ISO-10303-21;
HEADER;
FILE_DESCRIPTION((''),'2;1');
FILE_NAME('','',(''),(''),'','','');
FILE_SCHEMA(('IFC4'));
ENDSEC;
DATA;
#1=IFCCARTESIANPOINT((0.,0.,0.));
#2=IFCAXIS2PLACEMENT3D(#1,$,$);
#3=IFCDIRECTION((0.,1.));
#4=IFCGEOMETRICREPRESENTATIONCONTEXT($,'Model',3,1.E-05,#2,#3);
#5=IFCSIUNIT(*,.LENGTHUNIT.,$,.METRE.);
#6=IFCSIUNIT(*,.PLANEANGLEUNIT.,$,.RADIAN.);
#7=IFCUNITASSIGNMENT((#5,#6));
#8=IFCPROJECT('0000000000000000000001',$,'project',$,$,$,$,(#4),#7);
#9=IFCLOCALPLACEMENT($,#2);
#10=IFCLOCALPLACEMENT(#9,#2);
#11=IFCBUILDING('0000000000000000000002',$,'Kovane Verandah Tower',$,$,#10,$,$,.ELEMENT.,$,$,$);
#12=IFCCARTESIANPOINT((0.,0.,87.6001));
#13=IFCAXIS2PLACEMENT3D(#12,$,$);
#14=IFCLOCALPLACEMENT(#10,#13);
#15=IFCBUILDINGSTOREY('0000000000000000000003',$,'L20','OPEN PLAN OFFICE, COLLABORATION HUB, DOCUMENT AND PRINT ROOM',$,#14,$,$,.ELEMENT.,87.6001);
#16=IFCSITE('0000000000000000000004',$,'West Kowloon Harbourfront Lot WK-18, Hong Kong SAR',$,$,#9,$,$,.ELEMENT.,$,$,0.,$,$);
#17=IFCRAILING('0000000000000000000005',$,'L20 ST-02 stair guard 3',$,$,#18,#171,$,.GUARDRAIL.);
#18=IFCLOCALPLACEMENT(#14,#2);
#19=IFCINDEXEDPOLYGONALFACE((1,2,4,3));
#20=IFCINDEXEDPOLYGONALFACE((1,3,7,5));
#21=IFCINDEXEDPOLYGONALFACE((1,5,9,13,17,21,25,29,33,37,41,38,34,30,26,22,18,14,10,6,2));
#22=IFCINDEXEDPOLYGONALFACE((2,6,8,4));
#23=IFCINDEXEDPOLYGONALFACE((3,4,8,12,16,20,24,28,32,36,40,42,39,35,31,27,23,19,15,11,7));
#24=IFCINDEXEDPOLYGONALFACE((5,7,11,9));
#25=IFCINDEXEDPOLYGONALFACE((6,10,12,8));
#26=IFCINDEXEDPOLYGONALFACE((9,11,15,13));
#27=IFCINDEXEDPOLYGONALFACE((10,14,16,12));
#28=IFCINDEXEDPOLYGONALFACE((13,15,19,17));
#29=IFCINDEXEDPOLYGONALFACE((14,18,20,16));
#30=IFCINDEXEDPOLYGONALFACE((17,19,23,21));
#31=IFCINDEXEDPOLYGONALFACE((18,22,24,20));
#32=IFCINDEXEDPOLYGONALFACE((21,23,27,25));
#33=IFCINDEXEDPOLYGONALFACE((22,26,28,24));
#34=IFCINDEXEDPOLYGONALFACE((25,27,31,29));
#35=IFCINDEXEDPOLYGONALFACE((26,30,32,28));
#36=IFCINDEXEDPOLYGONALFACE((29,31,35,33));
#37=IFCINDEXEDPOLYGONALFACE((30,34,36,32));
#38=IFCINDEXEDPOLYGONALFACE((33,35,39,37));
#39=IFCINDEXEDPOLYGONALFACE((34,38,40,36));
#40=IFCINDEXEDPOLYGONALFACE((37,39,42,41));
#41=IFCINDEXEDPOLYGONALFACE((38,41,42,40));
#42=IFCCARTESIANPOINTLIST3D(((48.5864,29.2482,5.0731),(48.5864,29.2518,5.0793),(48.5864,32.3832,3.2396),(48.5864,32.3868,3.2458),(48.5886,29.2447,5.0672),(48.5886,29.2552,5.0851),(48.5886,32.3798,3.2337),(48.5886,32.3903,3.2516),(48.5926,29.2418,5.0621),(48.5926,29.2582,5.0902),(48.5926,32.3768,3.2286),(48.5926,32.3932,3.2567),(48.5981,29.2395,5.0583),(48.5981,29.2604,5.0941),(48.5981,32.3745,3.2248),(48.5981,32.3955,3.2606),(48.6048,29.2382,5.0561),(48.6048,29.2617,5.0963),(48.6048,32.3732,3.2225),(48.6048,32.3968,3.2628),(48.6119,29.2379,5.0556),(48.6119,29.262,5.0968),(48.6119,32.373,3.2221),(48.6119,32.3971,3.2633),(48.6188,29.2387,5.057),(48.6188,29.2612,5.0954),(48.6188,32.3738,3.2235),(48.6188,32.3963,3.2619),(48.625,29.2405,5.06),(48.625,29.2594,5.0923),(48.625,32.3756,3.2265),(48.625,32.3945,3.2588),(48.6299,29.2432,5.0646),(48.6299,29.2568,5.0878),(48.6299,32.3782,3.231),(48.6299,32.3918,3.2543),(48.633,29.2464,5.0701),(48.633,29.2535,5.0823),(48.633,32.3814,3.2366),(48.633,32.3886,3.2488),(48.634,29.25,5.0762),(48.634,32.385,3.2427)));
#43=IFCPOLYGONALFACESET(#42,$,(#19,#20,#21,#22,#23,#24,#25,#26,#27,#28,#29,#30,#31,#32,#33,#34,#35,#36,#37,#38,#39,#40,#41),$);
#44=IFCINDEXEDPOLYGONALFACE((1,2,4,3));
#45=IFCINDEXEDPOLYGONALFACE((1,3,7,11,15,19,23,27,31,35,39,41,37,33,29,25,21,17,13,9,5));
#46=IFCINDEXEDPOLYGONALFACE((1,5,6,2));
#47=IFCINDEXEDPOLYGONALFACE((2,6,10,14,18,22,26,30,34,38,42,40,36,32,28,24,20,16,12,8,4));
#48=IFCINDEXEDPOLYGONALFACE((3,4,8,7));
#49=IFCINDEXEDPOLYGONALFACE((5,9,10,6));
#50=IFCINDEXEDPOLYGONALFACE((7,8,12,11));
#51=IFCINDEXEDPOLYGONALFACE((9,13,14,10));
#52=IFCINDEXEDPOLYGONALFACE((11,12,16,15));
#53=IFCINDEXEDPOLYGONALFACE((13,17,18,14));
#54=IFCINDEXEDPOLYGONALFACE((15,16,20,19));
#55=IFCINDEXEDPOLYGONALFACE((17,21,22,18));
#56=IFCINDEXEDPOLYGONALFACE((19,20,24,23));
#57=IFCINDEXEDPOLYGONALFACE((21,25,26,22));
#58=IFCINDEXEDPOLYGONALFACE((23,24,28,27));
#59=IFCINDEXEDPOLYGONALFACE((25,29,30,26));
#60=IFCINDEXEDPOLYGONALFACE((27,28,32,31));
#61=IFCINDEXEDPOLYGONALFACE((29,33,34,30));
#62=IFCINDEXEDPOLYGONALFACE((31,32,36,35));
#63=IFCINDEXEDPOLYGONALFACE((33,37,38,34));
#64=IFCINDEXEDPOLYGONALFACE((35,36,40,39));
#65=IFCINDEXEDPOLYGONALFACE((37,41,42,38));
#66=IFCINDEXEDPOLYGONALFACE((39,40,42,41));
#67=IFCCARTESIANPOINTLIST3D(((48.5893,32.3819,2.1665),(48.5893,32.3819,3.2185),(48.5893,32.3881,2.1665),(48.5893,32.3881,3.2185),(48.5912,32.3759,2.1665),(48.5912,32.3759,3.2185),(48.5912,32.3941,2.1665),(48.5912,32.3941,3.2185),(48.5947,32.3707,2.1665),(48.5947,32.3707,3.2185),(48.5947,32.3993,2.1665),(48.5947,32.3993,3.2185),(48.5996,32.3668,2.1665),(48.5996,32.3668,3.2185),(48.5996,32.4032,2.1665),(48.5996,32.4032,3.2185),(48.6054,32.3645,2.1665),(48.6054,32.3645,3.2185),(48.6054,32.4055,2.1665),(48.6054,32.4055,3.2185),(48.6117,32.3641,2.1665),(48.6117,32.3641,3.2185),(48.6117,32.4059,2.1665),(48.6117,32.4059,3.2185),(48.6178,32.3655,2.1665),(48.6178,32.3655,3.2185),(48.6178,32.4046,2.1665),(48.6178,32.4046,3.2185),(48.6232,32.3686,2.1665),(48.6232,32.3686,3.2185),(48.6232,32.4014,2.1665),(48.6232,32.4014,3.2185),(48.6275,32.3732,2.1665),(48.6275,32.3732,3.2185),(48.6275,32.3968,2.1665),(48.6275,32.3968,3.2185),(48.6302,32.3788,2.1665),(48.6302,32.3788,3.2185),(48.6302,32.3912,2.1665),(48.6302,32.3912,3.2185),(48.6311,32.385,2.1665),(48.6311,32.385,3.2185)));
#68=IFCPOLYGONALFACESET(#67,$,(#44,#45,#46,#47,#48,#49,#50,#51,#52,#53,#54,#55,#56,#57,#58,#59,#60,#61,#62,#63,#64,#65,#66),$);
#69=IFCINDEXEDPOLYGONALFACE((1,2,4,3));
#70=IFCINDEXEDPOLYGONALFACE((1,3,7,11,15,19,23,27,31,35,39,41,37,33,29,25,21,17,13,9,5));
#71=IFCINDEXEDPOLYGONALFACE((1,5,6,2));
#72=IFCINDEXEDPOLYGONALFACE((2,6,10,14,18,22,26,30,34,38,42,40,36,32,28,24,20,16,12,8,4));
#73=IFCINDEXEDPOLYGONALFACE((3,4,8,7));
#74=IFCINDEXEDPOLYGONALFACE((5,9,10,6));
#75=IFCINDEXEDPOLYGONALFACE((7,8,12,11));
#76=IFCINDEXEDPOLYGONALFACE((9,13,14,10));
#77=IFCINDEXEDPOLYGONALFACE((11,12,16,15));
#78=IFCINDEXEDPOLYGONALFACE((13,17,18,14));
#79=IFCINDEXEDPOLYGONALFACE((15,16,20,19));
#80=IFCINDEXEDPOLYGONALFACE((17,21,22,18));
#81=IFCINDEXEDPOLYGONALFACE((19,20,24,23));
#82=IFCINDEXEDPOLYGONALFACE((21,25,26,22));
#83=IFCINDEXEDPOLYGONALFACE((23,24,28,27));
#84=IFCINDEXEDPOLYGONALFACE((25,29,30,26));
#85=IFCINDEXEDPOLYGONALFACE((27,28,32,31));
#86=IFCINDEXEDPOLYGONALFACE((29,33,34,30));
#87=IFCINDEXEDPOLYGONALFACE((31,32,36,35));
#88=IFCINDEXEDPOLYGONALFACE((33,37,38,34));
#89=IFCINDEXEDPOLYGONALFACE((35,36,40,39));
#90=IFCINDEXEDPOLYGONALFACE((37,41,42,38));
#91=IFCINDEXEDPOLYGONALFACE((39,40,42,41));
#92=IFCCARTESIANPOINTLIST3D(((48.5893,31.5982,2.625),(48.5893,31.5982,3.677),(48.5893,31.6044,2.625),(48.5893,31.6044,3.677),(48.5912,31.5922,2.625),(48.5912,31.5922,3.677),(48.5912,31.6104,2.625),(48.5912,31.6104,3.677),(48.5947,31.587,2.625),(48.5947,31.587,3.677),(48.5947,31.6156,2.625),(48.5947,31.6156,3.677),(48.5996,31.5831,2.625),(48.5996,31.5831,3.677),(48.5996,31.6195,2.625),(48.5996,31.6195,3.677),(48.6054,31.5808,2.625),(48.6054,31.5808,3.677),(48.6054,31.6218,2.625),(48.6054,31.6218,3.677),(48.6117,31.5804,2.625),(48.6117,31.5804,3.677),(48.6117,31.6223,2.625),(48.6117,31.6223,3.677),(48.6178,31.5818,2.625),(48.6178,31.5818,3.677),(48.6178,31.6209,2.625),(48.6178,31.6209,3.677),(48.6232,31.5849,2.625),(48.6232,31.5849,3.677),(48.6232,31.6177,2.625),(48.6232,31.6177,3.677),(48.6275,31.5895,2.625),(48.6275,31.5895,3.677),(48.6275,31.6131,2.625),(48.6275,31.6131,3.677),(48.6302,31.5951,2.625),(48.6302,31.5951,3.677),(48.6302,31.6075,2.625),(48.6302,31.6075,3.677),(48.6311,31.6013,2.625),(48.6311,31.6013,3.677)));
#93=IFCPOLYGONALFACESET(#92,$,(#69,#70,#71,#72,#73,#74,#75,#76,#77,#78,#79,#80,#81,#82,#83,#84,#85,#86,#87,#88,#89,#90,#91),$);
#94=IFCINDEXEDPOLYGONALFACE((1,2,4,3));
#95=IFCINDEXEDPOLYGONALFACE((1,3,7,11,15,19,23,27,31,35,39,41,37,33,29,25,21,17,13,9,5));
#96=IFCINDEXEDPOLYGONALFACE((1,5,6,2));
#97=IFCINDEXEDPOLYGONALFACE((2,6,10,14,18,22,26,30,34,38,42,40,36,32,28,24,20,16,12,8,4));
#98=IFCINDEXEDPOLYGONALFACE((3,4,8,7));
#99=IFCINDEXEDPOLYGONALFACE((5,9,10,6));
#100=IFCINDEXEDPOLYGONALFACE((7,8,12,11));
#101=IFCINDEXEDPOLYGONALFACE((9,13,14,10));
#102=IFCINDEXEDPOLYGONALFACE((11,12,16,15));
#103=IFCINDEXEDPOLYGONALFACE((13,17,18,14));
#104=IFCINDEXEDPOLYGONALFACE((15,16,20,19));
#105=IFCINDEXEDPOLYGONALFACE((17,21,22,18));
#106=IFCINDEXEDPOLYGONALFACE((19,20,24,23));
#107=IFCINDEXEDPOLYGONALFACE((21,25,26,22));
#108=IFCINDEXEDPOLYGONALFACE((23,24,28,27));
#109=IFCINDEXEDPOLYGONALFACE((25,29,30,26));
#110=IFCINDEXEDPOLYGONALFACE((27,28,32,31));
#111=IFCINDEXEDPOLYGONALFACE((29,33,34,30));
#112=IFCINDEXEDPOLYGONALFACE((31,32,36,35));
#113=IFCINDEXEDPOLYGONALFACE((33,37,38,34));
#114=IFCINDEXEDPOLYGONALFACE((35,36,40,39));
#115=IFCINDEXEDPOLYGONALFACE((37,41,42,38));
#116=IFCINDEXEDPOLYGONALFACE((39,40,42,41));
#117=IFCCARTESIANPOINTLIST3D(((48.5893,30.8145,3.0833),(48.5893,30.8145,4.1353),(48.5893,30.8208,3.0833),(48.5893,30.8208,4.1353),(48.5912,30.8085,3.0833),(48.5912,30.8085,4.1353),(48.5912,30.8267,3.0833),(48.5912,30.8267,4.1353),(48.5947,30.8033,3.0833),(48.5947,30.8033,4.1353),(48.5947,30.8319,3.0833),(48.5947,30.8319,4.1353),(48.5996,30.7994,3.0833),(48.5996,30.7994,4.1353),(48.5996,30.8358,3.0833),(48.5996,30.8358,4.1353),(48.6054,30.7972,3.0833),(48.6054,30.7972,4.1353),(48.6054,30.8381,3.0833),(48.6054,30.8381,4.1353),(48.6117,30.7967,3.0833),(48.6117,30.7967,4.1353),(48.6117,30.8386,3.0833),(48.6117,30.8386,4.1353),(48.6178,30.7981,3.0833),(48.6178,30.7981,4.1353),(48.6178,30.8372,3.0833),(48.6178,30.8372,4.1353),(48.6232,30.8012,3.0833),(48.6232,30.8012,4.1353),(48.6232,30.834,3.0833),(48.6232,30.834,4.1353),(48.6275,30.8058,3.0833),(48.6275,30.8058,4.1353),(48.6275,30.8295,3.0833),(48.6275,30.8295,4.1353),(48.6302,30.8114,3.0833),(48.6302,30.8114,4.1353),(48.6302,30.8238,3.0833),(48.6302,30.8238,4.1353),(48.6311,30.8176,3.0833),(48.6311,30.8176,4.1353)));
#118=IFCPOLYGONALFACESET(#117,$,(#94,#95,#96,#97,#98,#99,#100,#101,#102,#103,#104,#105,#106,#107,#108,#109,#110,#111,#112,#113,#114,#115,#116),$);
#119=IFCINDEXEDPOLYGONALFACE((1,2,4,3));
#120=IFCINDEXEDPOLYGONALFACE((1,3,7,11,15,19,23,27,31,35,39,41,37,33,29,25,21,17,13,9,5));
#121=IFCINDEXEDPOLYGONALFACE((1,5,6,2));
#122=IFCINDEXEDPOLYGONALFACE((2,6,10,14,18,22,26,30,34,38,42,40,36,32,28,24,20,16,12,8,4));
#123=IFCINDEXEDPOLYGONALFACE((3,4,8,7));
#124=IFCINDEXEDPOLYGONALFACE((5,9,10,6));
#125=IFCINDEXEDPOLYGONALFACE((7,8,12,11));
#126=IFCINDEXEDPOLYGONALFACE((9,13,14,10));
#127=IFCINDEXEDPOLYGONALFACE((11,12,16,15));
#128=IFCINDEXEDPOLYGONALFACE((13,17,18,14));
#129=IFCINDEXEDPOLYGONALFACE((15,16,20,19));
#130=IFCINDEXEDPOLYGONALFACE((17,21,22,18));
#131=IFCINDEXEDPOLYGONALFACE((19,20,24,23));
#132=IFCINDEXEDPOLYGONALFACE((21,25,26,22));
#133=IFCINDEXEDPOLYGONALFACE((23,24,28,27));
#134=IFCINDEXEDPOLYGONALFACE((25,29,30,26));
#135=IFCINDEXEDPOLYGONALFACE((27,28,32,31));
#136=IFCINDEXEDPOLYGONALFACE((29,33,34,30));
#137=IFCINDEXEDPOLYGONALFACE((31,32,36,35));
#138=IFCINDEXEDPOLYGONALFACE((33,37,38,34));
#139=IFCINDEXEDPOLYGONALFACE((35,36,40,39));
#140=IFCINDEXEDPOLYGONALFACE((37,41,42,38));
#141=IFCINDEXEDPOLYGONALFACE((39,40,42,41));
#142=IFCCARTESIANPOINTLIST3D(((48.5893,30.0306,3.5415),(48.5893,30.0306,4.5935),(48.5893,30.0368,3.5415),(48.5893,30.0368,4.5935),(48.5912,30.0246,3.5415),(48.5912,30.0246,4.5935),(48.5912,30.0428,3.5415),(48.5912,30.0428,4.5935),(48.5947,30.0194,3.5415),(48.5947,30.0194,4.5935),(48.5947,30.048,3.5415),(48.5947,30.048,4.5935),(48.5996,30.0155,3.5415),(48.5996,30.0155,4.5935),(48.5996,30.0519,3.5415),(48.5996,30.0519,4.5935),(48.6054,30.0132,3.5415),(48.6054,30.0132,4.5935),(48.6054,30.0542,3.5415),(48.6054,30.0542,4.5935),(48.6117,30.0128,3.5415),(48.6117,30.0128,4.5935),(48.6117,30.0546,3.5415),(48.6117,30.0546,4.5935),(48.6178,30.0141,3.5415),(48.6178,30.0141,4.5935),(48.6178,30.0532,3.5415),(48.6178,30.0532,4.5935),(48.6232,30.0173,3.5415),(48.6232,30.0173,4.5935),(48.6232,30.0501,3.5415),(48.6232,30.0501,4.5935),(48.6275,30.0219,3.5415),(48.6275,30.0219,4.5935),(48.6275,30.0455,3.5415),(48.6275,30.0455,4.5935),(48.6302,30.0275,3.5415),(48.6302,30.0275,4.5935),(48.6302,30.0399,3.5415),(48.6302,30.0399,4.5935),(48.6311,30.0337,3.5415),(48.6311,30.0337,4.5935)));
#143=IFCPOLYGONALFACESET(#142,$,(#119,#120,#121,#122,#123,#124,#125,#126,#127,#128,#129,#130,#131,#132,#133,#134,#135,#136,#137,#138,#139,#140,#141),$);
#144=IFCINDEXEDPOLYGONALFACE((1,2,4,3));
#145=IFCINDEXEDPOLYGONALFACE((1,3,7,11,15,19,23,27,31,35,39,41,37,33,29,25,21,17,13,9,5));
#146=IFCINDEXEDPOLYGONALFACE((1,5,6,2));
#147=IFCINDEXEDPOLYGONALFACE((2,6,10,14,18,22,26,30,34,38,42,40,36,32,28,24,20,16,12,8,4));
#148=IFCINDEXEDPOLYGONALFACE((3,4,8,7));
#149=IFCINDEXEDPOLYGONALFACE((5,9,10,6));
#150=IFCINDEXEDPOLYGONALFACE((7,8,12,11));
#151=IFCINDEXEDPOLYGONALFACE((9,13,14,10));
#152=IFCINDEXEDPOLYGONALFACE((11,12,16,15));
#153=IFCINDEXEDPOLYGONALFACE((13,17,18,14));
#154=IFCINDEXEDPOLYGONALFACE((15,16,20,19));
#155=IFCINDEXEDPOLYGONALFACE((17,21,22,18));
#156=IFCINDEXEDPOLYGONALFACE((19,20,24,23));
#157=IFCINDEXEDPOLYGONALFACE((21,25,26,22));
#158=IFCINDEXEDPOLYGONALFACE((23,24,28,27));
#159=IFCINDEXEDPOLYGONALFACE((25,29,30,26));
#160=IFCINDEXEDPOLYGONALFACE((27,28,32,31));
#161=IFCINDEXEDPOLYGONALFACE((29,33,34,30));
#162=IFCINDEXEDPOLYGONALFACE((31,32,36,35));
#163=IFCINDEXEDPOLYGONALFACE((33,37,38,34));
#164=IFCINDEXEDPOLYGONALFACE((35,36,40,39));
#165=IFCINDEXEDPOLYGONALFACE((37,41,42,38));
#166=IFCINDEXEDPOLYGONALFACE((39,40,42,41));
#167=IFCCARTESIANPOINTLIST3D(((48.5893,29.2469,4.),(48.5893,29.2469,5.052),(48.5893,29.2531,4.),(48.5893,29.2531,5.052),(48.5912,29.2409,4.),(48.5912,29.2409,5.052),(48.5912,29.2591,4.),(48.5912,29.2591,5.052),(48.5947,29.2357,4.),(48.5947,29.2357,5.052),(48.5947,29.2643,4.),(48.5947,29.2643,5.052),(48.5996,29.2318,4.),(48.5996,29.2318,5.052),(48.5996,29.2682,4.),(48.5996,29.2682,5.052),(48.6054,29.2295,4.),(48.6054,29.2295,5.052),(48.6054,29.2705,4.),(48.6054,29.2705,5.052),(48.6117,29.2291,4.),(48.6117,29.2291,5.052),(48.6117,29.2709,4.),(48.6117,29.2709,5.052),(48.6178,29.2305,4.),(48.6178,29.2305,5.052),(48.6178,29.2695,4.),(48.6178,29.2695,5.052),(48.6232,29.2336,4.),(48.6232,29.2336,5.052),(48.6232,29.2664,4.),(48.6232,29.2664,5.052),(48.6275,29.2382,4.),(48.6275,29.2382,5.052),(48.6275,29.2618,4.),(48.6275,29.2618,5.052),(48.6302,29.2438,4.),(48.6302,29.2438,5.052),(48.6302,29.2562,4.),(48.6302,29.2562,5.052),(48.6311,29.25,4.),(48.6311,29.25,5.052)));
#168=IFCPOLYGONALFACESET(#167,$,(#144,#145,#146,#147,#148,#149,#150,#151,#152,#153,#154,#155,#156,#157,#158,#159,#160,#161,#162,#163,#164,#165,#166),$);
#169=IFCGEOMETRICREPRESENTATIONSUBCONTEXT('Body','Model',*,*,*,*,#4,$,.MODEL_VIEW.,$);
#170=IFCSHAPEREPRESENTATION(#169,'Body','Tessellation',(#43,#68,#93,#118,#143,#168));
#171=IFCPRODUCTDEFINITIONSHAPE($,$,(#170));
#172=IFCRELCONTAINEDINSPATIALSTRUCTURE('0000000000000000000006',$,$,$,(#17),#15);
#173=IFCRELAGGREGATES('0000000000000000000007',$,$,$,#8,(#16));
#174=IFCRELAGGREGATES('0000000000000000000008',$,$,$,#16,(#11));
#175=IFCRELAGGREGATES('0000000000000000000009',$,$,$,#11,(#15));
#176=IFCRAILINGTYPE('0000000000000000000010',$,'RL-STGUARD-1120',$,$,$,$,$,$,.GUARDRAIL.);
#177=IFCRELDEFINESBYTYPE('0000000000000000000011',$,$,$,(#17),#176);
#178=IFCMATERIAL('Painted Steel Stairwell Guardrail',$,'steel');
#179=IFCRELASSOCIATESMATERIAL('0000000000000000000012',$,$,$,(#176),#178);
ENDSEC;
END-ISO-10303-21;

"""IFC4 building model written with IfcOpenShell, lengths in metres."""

from ifc_helpers import new_model, si_unit, direction, frame, origin, origin_2d, place, context, subcontext, project, spatial, circle, extrude, material, type_object, element, save


model = new_model("IFC4")

# Units and contexts
model_context = context("Model", 3, precision=1e-05, world=origin(), true_north=direction((0.0, 1.0)))
body_context = subcontext(model_context, "Body", "Model", "MODEL_VIEW")
ifc_project = project(units=[si_unit("LENGTHUNIT", "METRE"), si_unit("PLANEANGLEUNIT", "RADIAN")], contexts=[model_context])

# Site, building, storey
site_placement = place(None, origin())
site = spatial("IfcSite", under=ifc_project, at=site_placement, Name="West Kowloon Harbourfront Lot WK-18, Hong Kong SAR", CompositionType="ELEMENT", RefElevation=0.0)
building_placement = place(site_placement, origin())
building = spatial("IfcBuilding", under=site, at=building_placement, Name="Kovane Verandah Tower", CompositionType="ELEMENT")
storey_placement = place(building_placement, frame((0.0, 0.0, 87.6001)))
storey = spatial("IfcBuildingStorey", under=building, at=storey_placement, Name="L20", Description="OPEN PLAN OFFICE, COLLABORATION HUB, DOCUMENT AND PRINT ROOM", CompositionType="ELEMENT", Elevation=87.6001)

# Railing
ifc_material_1 = material(Name="Painted Steel Stairwell Guardrail", Category="steel")
railing_type_1 = type_object("IfcRailingType", Name="RL-STGUARD-1120", PredefinedType="GUARDRAIL", material=ifc_material_1)
railing_1_placement = place(storey_placement, frame((48.6101, 32.385, 2.1665)))
element("IfcRailing", 1, at=railing_1_placement, inside=storey, type_object=railing_type_1, Name="L20 ST-02 stair guard 3", PredefinedType="GUARDRAIL", context=body_context, shape_type="SweptSolid", body=[
    extrude(circle(Radius=0.0239, at=origin_2d()), frame((0.0, 0.0, 1.0762), z_axis=(0.0, -0.86321, 0.504845), x_axis=(1.0, 0.0, 0.0)), (0.0, 0.0, 1.0), 3.6318),
    extrude(circle(Radius=0.021, at=origin_2d()), origin(), (0.0, 0.0, 1.0), 1.052),
    extrude(circle(Radius=0.021, at=origin_2d()), frame((0.0, -0.7837, 0.4585)), (0.0, 0.0, 1.0), 1.052),
    extrude(circle(Radius=0.021, at=origin_2d()), frame((0.0, -1.5674, 0.9167)), (0.0, 0.0, 1.0), 1.052),
    extrude(circle(Radius=0.021, at=origin_2d()), frame((0.0, -2.3513, 1.375)), (0.0, 0.0, 1.0), 1.052),
    extrude(circle(Radius=0.021, at=origin_2d()), frame((0.0, -3.135, 1.8335)), (0.0, 0.0, 1.0), 1.052),
])

save(model, "model.ifc")
